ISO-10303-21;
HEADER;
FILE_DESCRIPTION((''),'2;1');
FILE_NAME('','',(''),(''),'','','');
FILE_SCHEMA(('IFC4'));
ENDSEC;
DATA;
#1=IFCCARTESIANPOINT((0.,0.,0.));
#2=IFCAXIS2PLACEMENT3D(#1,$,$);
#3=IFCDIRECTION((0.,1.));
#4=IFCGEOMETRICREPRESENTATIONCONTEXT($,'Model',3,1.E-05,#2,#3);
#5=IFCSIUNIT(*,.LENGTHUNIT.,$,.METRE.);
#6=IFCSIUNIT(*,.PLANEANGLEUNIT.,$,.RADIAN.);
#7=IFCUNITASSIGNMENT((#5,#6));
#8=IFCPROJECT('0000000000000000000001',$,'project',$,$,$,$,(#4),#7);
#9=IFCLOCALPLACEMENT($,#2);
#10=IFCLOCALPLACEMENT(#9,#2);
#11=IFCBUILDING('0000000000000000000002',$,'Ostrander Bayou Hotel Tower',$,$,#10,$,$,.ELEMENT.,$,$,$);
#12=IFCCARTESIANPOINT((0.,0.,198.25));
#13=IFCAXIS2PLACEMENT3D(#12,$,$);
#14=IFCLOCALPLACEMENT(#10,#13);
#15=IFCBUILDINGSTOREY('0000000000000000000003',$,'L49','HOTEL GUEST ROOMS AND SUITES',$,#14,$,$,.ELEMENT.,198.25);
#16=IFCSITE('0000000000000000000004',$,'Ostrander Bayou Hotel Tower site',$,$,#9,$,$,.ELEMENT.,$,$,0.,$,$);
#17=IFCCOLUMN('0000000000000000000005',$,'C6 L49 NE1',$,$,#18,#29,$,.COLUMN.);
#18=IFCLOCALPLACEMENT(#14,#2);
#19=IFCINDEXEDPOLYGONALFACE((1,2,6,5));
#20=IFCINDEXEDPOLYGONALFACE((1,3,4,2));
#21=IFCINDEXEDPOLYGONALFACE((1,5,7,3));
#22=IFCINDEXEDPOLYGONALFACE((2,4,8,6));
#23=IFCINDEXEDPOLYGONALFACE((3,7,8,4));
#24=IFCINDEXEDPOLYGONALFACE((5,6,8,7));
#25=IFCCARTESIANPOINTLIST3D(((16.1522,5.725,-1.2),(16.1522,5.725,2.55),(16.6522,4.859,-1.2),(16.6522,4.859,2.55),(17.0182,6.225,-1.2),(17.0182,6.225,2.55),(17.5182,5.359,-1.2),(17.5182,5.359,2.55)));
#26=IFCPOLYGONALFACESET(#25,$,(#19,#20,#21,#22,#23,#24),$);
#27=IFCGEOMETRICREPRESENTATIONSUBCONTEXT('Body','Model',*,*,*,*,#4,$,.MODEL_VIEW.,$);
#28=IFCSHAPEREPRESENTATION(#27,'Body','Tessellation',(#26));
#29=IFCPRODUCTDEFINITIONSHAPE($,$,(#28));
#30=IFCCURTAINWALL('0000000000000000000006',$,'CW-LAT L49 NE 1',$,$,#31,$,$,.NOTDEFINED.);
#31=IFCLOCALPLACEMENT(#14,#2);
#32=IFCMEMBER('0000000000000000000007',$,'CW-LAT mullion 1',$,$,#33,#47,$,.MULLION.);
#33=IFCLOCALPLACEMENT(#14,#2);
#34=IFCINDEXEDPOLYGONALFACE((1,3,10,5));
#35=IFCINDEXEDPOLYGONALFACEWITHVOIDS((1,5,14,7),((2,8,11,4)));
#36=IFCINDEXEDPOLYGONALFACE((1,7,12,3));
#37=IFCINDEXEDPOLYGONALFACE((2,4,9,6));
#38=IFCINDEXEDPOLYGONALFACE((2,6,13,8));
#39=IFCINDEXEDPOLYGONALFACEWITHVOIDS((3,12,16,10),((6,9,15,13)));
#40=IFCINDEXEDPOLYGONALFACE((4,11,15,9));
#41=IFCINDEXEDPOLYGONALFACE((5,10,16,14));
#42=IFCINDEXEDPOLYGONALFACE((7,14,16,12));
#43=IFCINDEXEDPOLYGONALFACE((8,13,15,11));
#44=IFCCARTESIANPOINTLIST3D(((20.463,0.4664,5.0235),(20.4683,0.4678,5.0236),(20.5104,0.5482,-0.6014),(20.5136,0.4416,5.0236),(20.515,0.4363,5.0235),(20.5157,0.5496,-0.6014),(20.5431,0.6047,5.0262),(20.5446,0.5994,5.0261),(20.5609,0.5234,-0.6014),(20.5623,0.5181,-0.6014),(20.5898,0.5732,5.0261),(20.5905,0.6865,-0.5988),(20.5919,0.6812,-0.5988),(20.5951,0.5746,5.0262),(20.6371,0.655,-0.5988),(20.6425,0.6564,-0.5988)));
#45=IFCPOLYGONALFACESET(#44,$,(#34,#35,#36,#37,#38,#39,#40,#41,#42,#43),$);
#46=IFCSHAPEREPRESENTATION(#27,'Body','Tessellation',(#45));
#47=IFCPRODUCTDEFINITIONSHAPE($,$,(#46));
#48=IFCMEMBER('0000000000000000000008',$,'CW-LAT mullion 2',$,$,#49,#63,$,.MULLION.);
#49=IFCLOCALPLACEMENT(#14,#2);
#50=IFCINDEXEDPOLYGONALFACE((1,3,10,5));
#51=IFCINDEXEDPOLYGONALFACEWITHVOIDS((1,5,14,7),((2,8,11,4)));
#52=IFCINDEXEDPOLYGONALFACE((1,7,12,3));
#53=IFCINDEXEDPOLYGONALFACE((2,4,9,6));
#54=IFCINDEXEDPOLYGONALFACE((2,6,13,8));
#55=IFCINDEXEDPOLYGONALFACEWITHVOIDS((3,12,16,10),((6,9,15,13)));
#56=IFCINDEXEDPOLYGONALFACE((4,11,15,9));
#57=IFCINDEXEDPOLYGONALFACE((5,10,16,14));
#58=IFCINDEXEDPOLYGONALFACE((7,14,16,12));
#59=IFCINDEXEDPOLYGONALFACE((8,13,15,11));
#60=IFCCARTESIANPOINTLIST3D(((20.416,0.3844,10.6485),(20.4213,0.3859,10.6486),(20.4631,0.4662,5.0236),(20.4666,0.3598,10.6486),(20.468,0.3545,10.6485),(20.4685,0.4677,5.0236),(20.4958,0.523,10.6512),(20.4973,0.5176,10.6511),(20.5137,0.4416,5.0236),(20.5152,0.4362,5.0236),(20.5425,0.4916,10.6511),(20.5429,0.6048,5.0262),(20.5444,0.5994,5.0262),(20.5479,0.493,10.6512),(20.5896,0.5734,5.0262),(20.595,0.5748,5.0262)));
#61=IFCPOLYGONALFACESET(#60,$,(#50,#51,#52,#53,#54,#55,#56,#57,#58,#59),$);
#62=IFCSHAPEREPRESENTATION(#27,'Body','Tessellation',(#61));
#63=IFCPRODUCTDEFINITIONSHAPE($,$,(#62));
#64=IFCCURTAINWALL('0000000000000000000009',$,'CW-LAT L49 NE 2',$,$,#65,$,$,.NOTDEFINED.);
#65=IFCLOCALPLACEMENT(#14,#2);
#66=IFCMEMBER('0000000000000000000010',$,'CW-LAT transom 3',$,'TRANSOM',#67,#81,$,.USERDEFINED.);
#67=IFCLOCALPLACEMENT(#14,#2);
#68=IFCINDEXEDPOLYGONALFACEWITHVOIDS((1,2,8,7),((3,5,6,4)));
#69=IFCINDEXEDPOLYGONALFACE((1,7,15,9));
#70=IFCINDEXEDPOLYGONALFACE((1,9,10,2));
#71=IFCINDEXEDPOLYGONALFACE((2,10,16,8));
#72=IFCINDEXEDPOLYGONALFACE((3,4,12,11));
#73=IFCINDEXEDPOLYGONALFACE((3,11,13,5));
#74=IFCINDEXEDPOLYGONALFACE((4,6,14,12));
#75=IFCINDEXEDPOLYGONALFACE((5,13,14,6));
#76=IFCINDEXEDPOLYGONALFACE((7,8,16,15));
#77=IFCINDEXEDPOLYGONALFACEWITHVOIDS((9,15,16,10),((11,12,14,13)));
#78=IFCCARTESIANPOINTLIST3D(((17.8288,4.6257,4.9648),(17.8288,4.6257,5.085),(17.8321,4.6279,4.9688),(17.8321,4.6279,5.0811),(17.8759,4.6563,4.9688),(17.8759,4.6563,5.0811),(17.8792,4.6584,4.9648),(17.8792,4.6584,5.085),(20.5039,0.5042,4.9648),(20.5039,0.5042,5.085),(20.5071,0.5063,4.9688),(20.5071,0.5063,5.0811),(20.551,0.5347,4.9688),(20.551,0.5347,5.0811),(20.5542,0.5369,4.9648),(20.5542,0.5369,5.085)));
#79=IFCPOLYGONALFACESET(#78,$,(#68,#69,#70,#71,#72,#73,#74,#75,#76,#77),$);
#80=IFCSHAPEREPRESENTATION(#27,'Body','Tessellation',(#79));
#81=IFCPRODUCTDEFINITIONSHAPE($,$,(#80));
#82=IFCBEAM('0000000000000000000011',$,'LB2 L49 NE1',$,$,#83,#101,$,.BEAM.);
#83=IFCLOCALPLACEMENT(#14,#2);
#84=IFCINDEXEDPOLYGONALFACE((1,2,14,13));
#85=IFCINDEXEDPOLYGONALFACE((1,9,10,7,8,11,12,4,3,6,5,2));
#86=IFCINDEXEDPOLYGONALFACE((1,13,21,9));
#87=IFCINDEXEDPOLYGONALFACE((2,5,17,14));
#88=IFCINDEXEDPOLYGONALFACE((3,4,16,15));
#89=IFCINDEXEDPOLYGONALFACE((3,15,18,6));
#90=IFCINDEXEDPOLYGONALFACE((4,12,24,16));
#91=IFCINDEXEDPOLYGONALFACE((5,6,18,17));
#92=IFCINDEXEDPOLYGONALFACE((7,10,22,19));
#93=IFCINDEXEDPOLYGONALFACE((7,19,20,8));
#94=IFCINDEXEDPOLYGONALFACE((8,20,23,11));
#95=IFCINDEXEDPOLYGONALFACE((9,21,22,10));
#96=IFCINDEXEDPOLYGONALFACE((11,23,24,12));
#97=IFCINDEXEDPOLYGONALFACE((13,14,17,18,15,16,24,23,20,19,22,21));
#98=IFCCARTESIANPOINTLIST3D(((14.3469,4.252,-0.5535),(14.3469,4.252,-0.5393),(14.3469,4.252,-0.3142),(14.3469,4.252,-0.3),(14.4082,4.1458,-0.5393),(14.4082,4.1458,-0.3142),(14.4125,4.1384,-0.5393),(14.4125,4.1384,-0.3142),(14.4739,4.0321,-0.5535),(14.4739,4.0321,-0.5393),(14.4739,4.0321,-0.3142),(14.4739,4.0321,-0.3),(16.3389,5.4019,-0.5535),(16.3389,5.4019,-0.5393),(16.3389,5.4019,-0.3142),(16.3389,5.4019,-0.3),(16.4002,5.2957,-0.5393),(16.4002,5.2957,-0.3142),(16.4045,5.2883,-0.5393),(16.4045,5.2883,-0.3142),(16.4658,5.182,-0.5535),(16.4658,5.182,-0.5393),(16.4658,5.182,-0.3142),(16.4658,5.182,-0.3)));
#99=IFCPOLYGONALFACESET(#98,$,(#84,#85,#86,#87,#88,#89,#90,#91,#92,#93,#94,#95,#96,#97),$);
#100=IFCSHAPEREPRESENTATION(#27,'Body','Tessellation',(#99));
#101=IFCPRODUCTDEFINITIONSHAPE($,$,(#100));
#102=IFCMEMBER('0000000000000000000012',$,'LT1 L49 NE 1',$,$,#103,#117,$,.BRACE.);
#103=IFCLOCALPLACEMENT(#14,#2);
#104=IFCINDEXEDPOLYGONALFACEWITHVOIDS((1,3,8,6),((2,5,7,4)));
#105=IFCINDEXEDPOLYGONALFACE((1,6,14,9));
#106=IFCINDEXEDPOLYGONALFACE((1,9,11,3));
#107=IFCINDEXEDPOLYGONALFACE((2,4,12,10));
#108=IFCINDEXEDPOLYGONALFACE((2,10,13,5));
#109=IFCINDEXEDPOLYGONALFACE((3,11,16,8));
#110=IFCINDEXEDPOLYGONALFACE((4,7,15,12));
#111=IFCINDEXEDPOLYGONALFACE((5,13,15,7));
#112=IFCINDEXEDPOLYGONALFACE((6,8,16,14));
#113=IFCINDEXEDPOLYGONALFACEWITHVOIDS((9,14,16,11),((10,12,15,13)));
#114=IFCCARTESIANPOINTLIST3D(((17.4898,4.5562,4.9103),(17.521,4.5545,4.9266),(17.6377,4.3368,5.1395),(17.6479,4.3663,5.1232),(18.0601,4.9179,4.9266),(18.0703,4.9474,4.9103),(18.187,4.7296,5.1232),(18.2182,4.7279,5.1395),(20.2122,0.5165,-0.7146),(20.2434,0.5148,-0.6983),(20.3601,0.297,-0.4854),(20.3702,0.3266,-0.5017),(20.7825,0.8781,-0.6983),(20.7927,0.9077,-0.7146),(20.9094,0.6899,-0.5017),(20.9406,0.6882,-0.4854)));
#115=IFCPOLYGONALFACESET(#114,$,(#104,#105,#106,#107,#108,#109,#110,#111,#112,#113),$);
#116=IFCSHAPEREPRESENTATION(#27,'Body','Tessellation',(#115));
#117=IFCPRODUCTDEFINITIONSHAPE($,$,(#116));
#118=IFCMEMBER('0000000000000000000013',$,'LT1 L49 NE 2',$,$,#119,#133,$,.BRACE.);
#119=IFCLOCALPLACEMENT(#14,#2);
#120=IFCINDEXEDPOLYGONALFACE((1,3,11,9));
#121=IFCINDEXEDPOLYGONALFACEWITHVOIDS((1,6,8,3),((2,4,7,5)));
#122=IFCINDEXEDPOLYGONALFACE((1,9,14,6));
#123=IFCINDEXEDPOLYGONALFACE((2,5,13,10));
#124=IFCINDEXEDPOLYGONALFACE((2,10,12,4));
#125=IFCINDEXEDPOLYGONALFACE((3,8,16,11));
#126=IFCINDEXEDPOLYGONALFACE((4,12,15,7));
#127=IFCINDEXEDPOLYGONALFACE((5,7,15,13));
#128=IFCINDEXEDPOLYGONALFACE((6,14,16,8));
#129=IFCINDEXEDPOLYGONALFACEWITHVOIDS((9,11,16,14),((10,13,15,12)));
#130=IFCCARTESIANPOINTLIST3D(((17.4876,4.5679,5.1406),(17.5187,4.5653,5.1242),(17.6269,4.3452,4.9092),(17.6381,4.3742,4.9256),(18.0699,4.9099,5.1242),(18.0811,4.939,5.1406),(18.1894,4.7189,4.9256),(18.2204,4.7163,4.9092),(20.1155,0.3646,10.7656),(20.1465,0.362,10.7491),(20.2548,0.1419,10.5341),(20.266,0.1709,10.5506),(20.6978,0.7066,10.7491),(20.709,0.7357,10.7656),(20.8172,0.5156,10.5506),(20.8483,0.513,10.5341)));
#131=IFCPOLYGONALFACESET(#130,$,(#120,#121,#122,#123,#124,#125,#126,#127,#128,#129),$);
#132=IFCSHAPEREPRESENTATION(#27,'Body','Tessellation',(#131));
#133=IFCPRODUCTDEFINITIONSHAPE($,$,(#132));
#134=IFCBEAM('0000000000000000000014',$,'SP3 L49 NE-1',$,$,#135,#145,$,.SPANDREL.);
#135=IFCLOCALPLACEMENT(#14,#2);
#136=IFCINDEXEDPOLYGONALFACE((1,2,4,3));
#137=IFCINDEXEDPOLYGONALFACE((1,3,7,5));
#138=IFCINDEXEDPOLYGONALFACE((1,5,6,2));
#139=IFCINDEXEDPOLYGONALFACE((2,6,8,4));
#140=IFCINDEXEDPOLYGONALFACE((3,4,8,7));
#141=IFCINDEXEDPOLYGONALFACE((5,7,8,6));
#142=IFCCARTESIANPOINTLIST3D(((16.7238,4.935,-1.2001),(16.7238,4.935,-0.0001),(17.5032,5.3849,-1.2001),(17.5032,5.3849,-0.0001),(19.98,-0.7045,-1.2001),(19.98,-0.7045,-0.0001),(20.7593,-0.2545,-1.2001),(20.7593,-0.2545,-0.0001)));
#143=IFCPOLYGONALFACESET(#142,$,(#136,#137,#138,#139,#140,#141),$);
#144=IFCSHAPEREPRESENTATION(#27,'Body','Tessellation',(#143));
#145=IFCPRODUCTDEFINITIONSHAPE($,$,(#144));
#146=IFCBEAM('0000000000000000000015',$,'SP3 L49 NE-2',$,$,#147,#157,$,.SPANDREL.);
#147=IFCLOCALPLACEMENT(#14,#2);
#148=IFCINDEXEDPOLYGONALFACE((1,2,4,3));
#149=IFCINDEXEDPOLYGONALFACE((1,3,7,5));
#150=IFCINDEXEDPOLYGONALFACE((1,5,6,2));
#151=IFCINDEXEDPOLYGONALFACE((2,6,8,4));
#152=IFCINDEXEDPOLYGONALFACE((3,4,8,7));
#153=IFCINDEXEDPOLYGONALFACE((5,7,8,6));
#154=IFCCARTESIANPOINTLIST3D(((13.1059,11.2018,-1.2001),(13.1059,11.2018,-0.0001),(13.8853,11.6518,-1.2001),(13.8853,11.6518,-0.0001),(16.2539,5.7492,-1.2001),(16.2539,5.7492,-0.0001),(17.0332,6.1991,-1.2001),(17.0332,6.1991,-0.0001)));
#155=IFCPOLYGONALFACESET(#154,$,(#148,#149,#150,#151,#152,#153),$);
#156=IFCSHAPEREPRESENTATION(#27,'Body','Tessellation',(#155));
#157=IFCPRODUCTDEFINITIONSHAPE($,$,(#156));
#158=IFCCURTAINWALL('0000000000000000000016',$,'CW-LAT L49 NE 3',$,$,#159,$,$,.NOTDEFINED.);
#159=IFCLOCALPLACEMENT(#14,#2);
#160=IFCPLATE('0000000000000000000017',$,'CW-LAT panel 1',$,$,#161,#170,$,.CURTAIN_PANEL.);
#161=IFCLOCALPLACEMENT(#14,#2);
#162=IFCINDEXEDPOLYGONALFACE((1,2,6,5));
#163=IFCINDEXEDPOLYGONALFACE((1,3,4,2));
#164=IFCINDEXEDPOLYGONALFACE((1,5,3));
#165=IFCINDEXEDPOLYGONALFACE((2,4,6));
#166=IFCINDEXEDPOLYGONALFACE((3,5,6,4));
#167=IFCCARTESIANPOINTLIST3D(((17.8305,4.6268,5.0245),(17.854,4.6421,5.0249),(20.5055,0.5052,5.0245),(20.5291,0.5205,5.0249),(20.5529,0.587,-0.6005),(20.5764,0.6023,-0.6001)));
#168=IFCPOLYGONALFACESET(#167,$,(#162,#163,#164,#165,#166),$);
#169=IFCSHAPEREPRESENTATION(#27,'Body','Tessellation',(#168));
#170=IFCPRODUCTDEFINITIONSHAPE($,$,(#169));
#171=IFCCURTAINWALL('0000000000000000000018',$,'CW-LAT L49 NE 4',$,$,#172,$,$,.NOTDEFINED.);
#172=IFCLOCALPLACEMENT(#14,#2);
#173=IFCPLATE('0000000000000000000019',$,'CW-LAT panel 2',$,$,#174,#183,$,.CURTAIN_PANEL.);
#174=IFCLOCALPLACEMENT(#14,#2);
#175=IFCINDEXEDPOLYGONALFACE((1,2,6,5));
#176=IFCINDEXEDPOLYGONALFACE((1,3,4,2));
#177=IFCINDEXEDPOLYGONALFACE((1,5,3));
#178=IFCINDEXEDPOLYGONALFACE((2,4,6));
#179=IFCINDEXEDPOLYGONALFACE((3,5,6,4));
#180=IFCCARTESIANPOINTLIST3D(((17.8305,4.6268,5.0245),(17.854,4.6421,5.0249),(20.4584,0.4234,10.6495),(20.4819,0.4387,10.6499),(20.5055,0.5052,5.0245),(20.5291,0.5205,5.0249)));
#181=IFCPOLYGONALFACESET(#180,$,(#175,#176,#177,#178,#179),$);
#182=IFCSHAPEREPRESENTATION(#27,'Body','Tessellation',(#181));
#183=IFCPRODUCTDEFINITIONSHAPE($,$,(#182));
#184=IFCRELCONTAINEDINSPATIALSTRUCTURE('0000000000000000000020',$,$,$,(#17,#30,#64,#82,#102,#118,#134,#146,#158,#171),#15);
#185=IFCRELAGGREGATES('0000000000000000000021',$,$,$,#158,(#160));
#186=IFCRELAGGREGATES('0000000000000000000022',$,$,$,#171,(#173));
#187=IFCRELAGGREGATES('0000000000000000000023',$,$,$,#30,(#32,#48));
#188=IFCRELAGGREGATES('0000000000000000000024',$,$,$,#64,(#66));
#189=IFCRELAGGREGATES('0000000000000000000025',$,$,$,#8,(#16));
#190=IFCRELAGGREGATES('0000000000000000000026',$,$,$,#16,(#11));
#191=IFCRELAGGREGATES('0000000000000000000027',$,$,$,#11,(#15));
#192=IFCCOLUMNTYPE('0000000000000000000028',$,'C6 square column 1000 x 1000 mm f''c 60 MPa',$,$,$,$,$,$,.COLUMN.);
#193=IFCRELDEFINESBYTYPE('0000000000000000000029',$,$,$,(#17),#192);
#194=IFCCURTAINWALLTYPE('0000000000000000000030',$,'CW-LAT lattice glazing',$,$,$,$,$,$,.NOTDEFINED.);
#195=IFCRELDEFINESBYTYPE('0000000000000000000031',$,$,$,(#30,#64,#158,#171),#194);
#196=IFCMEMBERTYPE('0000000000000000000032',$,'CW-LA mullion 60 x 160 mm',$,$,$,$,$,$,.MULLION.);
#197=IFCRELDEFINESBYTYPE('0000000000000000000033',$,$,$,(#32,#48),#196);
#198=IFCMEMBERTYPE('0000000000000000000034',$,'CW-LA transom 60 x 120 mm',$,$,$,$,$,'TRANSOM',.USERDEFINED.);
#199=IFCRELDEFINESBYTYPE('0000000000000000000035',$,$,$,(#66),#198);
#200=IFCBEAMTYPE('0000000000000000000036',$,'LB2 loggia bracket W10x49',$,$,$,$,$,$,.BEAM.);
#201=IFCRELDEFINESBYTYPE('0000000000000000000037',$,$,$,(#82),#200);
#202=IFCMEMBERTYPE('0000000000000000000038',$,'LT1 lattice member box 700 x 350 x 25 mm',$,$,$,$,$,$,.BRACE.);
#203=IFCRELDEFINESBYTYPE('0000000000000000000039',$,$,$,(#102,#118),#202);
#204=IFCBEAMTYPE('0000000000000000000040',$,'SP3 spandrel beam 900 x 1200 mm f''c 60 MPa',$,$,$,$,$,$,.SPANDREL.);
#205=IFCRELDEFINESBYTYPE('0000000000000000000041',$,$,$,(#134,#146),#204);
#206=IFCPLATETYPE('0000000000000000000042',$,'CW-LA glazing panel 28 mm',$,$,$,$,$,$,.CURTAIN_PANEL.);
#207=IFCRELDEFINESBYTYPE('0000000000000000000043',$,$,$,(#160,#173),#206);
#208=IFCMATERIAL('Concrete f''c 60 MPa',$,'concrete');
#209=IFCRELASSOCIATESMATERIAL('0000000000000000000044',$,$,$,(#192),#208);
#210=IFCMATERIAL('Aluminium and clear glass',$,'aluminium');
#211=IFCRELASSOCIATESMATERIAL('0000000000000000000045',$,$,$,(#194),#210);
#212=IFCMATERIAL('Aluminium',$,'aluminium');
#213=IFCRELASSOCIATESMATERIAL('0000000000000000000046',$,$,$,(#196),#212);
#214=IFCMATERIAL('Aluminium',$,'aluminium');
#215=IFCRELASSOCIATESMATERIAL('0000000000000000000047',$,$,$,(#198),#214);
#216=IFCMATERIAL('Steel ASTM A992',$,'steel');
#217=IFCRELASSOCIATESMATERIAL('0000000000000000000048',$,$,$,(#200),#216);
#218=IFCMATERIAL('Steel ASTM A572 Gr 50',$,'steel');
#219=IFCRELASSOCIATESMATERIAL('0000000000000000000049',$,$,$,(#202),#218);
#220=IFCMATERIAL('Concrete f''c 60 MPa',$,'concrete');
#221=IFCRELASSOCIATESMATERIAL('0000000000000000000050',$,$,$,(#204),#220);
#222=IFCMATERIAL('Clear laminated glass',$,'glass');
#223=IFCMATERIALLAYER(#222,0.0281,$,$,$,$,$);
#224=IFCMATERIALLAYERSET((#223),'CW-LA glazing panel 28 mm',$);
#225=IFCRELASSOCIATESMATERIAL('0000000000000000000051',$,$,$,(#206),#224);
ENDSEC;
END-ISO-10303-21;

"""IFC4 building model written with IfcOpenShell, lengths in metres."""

from ifc_helpers import new_model, si_unit, direction, frame, origin, origin_2d, place, context, subcontext, project, spatial, polyline, rectangle, hollow_rectangle, i_section, outline, extrude, material, layer, layer_set, material_profile, profile_set, type_object, element, aggregate, save


model = new_model("IFC4")

# Units and contexts
model_context = context("Model", 3, precision=1e-05, world=origin(), true_north=direction((0.0, 1.0)))
body_context = subcontext(model_context, "Body", "Model", "MODEL_VIEW")
ifc_project = project(units=[si_unit("LENGTHUNIT", "METRE"), si_unit("PLANEANGLEUNIT", "RADIAN")], contexts=[model_context])

# Site, building, storey
site_placement = place(None, origin())
site = spatial("IfcSite", under=ifc_project, at=site_placement, Name="Ostrander Bayou Hotel Tower site", CompositionType="ELEMENT", RefElevation=0.0)
building_placement = place(site_placement, origin())
building = spatial("IfcBuilding", under=site, at=building_placement, Name="Ostrander Bayou Hotel Tower", CompositionType="ELEMENT")
storey_placement = place(building_placement, frame((0.0, 0.0, 198.25)))
storey = spatial("IfcBuildingStorey", under=building, at=storey_placement, Name="L49", Description="HOTEL GUEST ROOMS AND SUITES", CompositionType="ELEMENT", Elevation=198.25)

# Column
ifc_material_1 = material(Name="Concrete f'c 60 MPa", Category="concrete")
ifc_material_profile_1 = material_profile(ifc_material_1, rectangle(XDim=1.0, YDim=1.0, at=origin_2d()))
ifc_profile_set_1 = profile_set([ifc_material_profile_1], Name="Concrete f'c 60 MPa")
column_type = type_object("IfcColumnType", Name="C6 square column 1000 x 1000 mm f'c 60 MPa", PredefinedType="COLUMN", material=ifc_profile_set_1)
column_placement = place(storey_placement, frame((16.8352, 5.542, -1.2), z_axis=(0.0, 0.0, 1.0), x_axis=(0.5, -0.866025, 0.0)))
element("IfcColumn", 1, at=column_placement, inside=storey, type_object=column_type, Name="C6 L49 NE1", PredefinedType="COLUMN", context=body_context, shape_type="SweptSolid", body=[
    extrude(rectangle(XDim=1.0, YDim=1.0, at=origin_2d()), origin(), (0.0, 0.0, 1.0), 3.75),
])

# Curtain wall, members
ifc_material_2 = material(Name="Aluminium and clear glass", Category="aluminium")
curtain_wall_type = type_object("IfcCurtainWallType", Name="CW-LAT lattice glazing", PredefinedType="NOTDEFINED", material=ifc_material_2)
curtain_wall_1_placement = place(storey_placement, origin())
curtain_wall_1 = element("IfcCurtainWall", 2, at=curtain_wall_1_placement, inside=storey, type_object=curtain_wall_type, Name="CW-LAT L49 NE 1", PredefinedType="NOTDEFINED")
ifc_material_3 = material(Name="Aluminium", Category="aluminium")
ifc_material_profile_2 = material_profile(ifc_material_3, hollow_rectangle(XDim=0.0601, YDim=0.1599, WallThickness=0.0039, at=origin_2d()))
ifc_profile_set_2 = profile_set([ifc_material_profile_2], Name="Aluminium")
member_type_1 = type_object("IfcMemberType", Name="CW-LA mullion 60 x 160 mm", PredefinedType="MULLION", material=ifc_profile_set_2)
member_1_placement = place(storey_placement, frame((20.5764, 0.6023, -0.6001), z_axis=(-0.008419, -0.014538, 0.999859), x_axis=(0.865367, -0.501138, 0.0)))
member_1 = element("IfcMember", 3, at=member_1_placement, type_object=member_type_1, Name="CW-LAT mullion 1", PredefinedType="MULLION", context=body_context, shape_type="SweptSolid", body=[
    extrude(hollow_rectangle(XDim=0.0601, YDim=0.1599, WallThickness=0.0039, at=origin_2d()), origin(), (0.0, 0.0, 1.0), 5.6257),
])
member_2_placement = place(storey_placement, frame((20.5291, 0.5205, 5.0249), z_axis=(-0.008376, -0.014538, 0.999859), x_axis=(0.866487, -0.4992, 0.0)))
member_2 = element("IfcMember", 4, at=member_2_placement, type_object=member_type_1, Name="CW-LAT mullion 2", PredefinedType="MULLION", context=body_context, shape_type="SweptSolid", body=[
    extrude(hollow_rectangle(XDim=0.0601, YDim=0.1599, WallThickness=0.0039, at=origin_2d()), origin(), (0.0, 0.0, 1.0), 5.6257),
])

# Curtain wall, member
curtain_wall_2_placement = place(storey_placement, origin())
curtain_wall_2 = element("IfcCurtainWall", 5, at=curtain_wall_2_placement, inside=storey, type_object=curtain_wall_type, Name="CW-LAT L49 NE 2", PredefinedType="NOTDEFINED")
ifc_material_4 = material(Name="Aluminium", Category="aluminium")
ifc_material_profile_3 = material_profile(ifc_material_4, hollow_rectangle(XDim=0.0601, YDim=0.1201, WallThickness=0.0039, at=origin_2d()))
ifc_profile_set_3 = profile_set([ifc_material_profile_3], Name="Aluminium")
member_type_2 = type_object("IfcMemberType", Name="CW-LA transom 60 x 120 mm", ElementType="TRANSOM", PredefinedType="USERDEFINED", material=ifc_profile_set_3)
member_3_placement = place(storey_placement, frame((20.5291, 0.5205, 5.0249), z_axis=(-0.544419, 0.838813, 0.0), x_axis=(-0.838813, -0.544419, 0.0)))
member_3 = element("IfcMember", 6, at=member_3_placement, type_object=member_type_2, Name="CW-LAT transom 3", ObjectType="TRANSOM", PredefinedType="USERDEFINED", context=body_context, shape_type="SweptSolid", body=[
    extrude(hollow_rectangle(XDim=0.0601, YDim=0.1201, WallThickness=0.0039, at=origin_2d()), origin(), (0.0, 0.0, 1.0), 4.9136),
])

# Beam
ifc_material_5 = material(Name="Steel ASTM A992", Category="steel")
ifc_material_profile_4 = material_profile(ifc_material_5, i_section(OverallWidth=0.2539, OverallDepth=0.2534, WebThickness=0.0085, FlangeThickness=0.0142, at=origin_2d()))
ifc_profile_set_4 = profile_set([ifc_material_profile_4], Name="Steel ASTM A992")
beam_type_1 = type_object("IfcBeamType", Name="LB2 loggia bracket W10x49", PredefinedType="BEAM", material=ifc_profile_set_4)
beam_1_placement = place(storey_placement, frame((16.4023, 5.292, -0.4268), z_axis=(-0.866053, -0.499952, 0.0), x_axis=(0.499952, -0.866053, 0.0)))
element("IfcBeam", 7, at=beam_1_placement, inside=storey, type_object=beam_type_1, Name="LB2 L49 NE1", PredefinedType="BEAM", context=body_context, shape_type="SweptSolid", body=[
    extrude(i_section(OverallWidth=0.2539, OverallDepth=0.2534, WebThickness=0.0085, FlangeThickness=0.0142, at=origin_2d()), origin(), (0.0, 0.0, 1.0), 2.3),
])

# Members
ifc_material_6 = material(Name="Steel ASTM A572 Gr 50", Category="steel")
ifc_material_profile_5 = material_profile(ifc_material_6, hollow_rectangle(XDim=0.7, YDim=0.3501, WallThickness=0.0249, at=origin_2d()))
ifc_profile_set_5 = profile_set([ifc_material_profile_5], Name="Steel ASTM A572 Gr 50")
member_type_3 = type_object("IfcMemberType", Name="LT1 lattice member box 700 x 350 x 25 mm", PredefinedType="BRACE", material=ifc_profile_set_5)
member_4_placement = place(storey_placement, frame((17.854, 4.6421, 5.0249), z_axis=(0.365854, -0.542892, -0.755922), x_axis=(0.829272, 0.558845, 0.0)))
element("IfcMember", 8, at=member_4_placement, inside=storey, type_object=member_type_3, Name="LT1 L49 NE 1", PredefinedType="BRACE", context=body_context, shape_type="SweptSolid", body=[
    extrude(hollow_rectangle(XDim=0.7, YDim=0.3501, WallThickness=0.0249, at=origin_2d()), origin(), (0.0, 0.0, 1.0), 7.4412),
])
member_5_placement = place(storey_placement, frame((17.854, 4.6421, 5.0249), z_axis=(0.3505, -0.560624, 0.750234), x_axis=(0.847924, 0.530118, 0.0)))
element("IfcMember", 9, at=member_5_placement, inside=storey, type_object=member_type_3, Name="LT1 L49 NE 2", PredefinedType="BRACE", context=body_context, shape_type="SweptSolid", body=[
    extrude(hollow_rectangle(XDim=0.7, YDim=0.3501, WallThickness=0.0249, at=origin_2d()), origin(), (0.0, 0.0, 1.0), 7.4976),
])

# Beams
ifc_material_7 = material(Name="Concrete f'c 60 MPa", Category="concrete")
ifc_material_profile_6 = material_profile(ifc_material_7, rectangle(XDim=0.8999, YDim=1.2, at=origin_2d()))
ifc_profile_set_6 = profile_set([ifc_material_profile_6], Name="Concrete f'c 60 MPa")
beam_type_2 = type_object("IfcBeamType", Name="SP3 spandrel beam 900 x 1200 mm f'c 60 MPa", PredefinedType="SPANDREL", material=ifc_profile_set_6)
beam_2_placement = place(storey_placement, frame((20.3696, -0.4795, -0.6001), z_axis=(-0.500022, 0.866013, 0.0), x_axis=(-0.866013, -0.500022, 0.0)))
element("IfcBeam", 10, at=beam_2_placement, inside=storey, type_object=beam_type_2, Name="SP3 L49 NE-1", PredefinedType="SPANDREL", context=body_context, shape_type="SweptSolid", body=[
    extrude(rectangle(XDim=0.8999, YDim=1.2, at=origin_2d()), origin(), (0.0, 0.0, 1.0), 6.512),
])
beam_3_placement = place(storey_placement, frame((16.6436, 5.9741, -0.6001), z_axis=(-0.499984, 0.866034, 0.0), x_axis=(-0.866034, -0.499984, 0.0)))
element("IfcBeam", 11, at=beam_3_placement, inside=storey, type_object=beam_type_2, Name="SP3 L49 NE-2", PredefinedType="SPANDREL", context=body_context, shape_type="SweptSolid", body=[
    extrude(rectangle(XDim=0.8999, YDim=1.2, at=origin_2d()), origin(), (0.0, 0.0, 1.0), 6.2961),
])

# Curtain walls, plates
curtain_wall_3_placement = place(storey_placement, origin())
curtain_wall_3 = element("IfcCurtainWall", 12, at=curtain_wall_3_placement, inside=storey, type_object=curtain_wall_type, Name="CW-LAT L49 NE 3", PredefinedType="NOTDEFINED")
ifc_material_8 = material(Name="Clear laminated glass", Category="glass")
ifc_layer_1 = layer(ifc_material_8, 0.0281)
ifc_layer_set_1 = layer_set([ifc_layer_1], Name="CW-LA glazing panel 28 mm")
plate_type = type_object("IfcPlateType", Name="CW-LA glazing panel 28 mm", PredefinedType="CURTAIN_PANEL", material=ifc_layer_set_1)
plate_1_placement = place(storey_placement, frame((17.854, 4.6421, 5.0249), z_axis=(0.838719, 0.544358, 0.014977), x_axis=(0.365854, -0.542892, -0.755922)))
plate_1 = element("IfcPlate", 13, at=plate_1_placement, type_object=plate_type, Name="CW-LAT panel 1", PredefinedType="CURTAIN_PANEL", context=body_context, shape_type="SweptSolid", body=[
    extrude(outline(polyline([(0.0, 0.0), (7.4412, 0.0), (3.2163, -3.7147), (0.0, 0.0)])), origin(), (0.0, 0.0, -1.0), 0.0281),
])
aggregate(curtain_wall_3, [plate_1])
curtain_wall_4_placement = place(storey_placement, origin())
curtain_wall_4 = element("IfcCurtainWall", 14, at=curtain_wall_4_placement, inside=storey, type_object=curtain_wall_type, Name="CW-LAT L49 NE 4", PredefinedType="NOTDEFINED")
plate_2_placement = place(storey_placement, frame((17.854, 4.6421, 5.0249), z_axis=(0.83872, 0.544358, 0.014941), x_axis=(0.3505, -0.560624, 0.750234)))
plate_2 = element("IfcPlate", 15, at=plate_2_placement, type_object=plate_type, Name="CW-LAT panel 2", PredefinedType="CURTAIN_PANEL", context=body_context, shape_type="SweptSolid", body=[
    extrude(outline(polyline([(0.0, 0.0), (7.4977, 0.0), (3.2483, 3.6867), (0.0, 0.0)])), origin(), (0.0, 0.0, -1.0), 0.0281),
])
aggregate(curtain_wall_4, [plate_2])

aggregate(curtain_wall_1, [member_1, member_2])
aggregate(curtain_wall_2, [member_3])

save(model, "model.ifc")
